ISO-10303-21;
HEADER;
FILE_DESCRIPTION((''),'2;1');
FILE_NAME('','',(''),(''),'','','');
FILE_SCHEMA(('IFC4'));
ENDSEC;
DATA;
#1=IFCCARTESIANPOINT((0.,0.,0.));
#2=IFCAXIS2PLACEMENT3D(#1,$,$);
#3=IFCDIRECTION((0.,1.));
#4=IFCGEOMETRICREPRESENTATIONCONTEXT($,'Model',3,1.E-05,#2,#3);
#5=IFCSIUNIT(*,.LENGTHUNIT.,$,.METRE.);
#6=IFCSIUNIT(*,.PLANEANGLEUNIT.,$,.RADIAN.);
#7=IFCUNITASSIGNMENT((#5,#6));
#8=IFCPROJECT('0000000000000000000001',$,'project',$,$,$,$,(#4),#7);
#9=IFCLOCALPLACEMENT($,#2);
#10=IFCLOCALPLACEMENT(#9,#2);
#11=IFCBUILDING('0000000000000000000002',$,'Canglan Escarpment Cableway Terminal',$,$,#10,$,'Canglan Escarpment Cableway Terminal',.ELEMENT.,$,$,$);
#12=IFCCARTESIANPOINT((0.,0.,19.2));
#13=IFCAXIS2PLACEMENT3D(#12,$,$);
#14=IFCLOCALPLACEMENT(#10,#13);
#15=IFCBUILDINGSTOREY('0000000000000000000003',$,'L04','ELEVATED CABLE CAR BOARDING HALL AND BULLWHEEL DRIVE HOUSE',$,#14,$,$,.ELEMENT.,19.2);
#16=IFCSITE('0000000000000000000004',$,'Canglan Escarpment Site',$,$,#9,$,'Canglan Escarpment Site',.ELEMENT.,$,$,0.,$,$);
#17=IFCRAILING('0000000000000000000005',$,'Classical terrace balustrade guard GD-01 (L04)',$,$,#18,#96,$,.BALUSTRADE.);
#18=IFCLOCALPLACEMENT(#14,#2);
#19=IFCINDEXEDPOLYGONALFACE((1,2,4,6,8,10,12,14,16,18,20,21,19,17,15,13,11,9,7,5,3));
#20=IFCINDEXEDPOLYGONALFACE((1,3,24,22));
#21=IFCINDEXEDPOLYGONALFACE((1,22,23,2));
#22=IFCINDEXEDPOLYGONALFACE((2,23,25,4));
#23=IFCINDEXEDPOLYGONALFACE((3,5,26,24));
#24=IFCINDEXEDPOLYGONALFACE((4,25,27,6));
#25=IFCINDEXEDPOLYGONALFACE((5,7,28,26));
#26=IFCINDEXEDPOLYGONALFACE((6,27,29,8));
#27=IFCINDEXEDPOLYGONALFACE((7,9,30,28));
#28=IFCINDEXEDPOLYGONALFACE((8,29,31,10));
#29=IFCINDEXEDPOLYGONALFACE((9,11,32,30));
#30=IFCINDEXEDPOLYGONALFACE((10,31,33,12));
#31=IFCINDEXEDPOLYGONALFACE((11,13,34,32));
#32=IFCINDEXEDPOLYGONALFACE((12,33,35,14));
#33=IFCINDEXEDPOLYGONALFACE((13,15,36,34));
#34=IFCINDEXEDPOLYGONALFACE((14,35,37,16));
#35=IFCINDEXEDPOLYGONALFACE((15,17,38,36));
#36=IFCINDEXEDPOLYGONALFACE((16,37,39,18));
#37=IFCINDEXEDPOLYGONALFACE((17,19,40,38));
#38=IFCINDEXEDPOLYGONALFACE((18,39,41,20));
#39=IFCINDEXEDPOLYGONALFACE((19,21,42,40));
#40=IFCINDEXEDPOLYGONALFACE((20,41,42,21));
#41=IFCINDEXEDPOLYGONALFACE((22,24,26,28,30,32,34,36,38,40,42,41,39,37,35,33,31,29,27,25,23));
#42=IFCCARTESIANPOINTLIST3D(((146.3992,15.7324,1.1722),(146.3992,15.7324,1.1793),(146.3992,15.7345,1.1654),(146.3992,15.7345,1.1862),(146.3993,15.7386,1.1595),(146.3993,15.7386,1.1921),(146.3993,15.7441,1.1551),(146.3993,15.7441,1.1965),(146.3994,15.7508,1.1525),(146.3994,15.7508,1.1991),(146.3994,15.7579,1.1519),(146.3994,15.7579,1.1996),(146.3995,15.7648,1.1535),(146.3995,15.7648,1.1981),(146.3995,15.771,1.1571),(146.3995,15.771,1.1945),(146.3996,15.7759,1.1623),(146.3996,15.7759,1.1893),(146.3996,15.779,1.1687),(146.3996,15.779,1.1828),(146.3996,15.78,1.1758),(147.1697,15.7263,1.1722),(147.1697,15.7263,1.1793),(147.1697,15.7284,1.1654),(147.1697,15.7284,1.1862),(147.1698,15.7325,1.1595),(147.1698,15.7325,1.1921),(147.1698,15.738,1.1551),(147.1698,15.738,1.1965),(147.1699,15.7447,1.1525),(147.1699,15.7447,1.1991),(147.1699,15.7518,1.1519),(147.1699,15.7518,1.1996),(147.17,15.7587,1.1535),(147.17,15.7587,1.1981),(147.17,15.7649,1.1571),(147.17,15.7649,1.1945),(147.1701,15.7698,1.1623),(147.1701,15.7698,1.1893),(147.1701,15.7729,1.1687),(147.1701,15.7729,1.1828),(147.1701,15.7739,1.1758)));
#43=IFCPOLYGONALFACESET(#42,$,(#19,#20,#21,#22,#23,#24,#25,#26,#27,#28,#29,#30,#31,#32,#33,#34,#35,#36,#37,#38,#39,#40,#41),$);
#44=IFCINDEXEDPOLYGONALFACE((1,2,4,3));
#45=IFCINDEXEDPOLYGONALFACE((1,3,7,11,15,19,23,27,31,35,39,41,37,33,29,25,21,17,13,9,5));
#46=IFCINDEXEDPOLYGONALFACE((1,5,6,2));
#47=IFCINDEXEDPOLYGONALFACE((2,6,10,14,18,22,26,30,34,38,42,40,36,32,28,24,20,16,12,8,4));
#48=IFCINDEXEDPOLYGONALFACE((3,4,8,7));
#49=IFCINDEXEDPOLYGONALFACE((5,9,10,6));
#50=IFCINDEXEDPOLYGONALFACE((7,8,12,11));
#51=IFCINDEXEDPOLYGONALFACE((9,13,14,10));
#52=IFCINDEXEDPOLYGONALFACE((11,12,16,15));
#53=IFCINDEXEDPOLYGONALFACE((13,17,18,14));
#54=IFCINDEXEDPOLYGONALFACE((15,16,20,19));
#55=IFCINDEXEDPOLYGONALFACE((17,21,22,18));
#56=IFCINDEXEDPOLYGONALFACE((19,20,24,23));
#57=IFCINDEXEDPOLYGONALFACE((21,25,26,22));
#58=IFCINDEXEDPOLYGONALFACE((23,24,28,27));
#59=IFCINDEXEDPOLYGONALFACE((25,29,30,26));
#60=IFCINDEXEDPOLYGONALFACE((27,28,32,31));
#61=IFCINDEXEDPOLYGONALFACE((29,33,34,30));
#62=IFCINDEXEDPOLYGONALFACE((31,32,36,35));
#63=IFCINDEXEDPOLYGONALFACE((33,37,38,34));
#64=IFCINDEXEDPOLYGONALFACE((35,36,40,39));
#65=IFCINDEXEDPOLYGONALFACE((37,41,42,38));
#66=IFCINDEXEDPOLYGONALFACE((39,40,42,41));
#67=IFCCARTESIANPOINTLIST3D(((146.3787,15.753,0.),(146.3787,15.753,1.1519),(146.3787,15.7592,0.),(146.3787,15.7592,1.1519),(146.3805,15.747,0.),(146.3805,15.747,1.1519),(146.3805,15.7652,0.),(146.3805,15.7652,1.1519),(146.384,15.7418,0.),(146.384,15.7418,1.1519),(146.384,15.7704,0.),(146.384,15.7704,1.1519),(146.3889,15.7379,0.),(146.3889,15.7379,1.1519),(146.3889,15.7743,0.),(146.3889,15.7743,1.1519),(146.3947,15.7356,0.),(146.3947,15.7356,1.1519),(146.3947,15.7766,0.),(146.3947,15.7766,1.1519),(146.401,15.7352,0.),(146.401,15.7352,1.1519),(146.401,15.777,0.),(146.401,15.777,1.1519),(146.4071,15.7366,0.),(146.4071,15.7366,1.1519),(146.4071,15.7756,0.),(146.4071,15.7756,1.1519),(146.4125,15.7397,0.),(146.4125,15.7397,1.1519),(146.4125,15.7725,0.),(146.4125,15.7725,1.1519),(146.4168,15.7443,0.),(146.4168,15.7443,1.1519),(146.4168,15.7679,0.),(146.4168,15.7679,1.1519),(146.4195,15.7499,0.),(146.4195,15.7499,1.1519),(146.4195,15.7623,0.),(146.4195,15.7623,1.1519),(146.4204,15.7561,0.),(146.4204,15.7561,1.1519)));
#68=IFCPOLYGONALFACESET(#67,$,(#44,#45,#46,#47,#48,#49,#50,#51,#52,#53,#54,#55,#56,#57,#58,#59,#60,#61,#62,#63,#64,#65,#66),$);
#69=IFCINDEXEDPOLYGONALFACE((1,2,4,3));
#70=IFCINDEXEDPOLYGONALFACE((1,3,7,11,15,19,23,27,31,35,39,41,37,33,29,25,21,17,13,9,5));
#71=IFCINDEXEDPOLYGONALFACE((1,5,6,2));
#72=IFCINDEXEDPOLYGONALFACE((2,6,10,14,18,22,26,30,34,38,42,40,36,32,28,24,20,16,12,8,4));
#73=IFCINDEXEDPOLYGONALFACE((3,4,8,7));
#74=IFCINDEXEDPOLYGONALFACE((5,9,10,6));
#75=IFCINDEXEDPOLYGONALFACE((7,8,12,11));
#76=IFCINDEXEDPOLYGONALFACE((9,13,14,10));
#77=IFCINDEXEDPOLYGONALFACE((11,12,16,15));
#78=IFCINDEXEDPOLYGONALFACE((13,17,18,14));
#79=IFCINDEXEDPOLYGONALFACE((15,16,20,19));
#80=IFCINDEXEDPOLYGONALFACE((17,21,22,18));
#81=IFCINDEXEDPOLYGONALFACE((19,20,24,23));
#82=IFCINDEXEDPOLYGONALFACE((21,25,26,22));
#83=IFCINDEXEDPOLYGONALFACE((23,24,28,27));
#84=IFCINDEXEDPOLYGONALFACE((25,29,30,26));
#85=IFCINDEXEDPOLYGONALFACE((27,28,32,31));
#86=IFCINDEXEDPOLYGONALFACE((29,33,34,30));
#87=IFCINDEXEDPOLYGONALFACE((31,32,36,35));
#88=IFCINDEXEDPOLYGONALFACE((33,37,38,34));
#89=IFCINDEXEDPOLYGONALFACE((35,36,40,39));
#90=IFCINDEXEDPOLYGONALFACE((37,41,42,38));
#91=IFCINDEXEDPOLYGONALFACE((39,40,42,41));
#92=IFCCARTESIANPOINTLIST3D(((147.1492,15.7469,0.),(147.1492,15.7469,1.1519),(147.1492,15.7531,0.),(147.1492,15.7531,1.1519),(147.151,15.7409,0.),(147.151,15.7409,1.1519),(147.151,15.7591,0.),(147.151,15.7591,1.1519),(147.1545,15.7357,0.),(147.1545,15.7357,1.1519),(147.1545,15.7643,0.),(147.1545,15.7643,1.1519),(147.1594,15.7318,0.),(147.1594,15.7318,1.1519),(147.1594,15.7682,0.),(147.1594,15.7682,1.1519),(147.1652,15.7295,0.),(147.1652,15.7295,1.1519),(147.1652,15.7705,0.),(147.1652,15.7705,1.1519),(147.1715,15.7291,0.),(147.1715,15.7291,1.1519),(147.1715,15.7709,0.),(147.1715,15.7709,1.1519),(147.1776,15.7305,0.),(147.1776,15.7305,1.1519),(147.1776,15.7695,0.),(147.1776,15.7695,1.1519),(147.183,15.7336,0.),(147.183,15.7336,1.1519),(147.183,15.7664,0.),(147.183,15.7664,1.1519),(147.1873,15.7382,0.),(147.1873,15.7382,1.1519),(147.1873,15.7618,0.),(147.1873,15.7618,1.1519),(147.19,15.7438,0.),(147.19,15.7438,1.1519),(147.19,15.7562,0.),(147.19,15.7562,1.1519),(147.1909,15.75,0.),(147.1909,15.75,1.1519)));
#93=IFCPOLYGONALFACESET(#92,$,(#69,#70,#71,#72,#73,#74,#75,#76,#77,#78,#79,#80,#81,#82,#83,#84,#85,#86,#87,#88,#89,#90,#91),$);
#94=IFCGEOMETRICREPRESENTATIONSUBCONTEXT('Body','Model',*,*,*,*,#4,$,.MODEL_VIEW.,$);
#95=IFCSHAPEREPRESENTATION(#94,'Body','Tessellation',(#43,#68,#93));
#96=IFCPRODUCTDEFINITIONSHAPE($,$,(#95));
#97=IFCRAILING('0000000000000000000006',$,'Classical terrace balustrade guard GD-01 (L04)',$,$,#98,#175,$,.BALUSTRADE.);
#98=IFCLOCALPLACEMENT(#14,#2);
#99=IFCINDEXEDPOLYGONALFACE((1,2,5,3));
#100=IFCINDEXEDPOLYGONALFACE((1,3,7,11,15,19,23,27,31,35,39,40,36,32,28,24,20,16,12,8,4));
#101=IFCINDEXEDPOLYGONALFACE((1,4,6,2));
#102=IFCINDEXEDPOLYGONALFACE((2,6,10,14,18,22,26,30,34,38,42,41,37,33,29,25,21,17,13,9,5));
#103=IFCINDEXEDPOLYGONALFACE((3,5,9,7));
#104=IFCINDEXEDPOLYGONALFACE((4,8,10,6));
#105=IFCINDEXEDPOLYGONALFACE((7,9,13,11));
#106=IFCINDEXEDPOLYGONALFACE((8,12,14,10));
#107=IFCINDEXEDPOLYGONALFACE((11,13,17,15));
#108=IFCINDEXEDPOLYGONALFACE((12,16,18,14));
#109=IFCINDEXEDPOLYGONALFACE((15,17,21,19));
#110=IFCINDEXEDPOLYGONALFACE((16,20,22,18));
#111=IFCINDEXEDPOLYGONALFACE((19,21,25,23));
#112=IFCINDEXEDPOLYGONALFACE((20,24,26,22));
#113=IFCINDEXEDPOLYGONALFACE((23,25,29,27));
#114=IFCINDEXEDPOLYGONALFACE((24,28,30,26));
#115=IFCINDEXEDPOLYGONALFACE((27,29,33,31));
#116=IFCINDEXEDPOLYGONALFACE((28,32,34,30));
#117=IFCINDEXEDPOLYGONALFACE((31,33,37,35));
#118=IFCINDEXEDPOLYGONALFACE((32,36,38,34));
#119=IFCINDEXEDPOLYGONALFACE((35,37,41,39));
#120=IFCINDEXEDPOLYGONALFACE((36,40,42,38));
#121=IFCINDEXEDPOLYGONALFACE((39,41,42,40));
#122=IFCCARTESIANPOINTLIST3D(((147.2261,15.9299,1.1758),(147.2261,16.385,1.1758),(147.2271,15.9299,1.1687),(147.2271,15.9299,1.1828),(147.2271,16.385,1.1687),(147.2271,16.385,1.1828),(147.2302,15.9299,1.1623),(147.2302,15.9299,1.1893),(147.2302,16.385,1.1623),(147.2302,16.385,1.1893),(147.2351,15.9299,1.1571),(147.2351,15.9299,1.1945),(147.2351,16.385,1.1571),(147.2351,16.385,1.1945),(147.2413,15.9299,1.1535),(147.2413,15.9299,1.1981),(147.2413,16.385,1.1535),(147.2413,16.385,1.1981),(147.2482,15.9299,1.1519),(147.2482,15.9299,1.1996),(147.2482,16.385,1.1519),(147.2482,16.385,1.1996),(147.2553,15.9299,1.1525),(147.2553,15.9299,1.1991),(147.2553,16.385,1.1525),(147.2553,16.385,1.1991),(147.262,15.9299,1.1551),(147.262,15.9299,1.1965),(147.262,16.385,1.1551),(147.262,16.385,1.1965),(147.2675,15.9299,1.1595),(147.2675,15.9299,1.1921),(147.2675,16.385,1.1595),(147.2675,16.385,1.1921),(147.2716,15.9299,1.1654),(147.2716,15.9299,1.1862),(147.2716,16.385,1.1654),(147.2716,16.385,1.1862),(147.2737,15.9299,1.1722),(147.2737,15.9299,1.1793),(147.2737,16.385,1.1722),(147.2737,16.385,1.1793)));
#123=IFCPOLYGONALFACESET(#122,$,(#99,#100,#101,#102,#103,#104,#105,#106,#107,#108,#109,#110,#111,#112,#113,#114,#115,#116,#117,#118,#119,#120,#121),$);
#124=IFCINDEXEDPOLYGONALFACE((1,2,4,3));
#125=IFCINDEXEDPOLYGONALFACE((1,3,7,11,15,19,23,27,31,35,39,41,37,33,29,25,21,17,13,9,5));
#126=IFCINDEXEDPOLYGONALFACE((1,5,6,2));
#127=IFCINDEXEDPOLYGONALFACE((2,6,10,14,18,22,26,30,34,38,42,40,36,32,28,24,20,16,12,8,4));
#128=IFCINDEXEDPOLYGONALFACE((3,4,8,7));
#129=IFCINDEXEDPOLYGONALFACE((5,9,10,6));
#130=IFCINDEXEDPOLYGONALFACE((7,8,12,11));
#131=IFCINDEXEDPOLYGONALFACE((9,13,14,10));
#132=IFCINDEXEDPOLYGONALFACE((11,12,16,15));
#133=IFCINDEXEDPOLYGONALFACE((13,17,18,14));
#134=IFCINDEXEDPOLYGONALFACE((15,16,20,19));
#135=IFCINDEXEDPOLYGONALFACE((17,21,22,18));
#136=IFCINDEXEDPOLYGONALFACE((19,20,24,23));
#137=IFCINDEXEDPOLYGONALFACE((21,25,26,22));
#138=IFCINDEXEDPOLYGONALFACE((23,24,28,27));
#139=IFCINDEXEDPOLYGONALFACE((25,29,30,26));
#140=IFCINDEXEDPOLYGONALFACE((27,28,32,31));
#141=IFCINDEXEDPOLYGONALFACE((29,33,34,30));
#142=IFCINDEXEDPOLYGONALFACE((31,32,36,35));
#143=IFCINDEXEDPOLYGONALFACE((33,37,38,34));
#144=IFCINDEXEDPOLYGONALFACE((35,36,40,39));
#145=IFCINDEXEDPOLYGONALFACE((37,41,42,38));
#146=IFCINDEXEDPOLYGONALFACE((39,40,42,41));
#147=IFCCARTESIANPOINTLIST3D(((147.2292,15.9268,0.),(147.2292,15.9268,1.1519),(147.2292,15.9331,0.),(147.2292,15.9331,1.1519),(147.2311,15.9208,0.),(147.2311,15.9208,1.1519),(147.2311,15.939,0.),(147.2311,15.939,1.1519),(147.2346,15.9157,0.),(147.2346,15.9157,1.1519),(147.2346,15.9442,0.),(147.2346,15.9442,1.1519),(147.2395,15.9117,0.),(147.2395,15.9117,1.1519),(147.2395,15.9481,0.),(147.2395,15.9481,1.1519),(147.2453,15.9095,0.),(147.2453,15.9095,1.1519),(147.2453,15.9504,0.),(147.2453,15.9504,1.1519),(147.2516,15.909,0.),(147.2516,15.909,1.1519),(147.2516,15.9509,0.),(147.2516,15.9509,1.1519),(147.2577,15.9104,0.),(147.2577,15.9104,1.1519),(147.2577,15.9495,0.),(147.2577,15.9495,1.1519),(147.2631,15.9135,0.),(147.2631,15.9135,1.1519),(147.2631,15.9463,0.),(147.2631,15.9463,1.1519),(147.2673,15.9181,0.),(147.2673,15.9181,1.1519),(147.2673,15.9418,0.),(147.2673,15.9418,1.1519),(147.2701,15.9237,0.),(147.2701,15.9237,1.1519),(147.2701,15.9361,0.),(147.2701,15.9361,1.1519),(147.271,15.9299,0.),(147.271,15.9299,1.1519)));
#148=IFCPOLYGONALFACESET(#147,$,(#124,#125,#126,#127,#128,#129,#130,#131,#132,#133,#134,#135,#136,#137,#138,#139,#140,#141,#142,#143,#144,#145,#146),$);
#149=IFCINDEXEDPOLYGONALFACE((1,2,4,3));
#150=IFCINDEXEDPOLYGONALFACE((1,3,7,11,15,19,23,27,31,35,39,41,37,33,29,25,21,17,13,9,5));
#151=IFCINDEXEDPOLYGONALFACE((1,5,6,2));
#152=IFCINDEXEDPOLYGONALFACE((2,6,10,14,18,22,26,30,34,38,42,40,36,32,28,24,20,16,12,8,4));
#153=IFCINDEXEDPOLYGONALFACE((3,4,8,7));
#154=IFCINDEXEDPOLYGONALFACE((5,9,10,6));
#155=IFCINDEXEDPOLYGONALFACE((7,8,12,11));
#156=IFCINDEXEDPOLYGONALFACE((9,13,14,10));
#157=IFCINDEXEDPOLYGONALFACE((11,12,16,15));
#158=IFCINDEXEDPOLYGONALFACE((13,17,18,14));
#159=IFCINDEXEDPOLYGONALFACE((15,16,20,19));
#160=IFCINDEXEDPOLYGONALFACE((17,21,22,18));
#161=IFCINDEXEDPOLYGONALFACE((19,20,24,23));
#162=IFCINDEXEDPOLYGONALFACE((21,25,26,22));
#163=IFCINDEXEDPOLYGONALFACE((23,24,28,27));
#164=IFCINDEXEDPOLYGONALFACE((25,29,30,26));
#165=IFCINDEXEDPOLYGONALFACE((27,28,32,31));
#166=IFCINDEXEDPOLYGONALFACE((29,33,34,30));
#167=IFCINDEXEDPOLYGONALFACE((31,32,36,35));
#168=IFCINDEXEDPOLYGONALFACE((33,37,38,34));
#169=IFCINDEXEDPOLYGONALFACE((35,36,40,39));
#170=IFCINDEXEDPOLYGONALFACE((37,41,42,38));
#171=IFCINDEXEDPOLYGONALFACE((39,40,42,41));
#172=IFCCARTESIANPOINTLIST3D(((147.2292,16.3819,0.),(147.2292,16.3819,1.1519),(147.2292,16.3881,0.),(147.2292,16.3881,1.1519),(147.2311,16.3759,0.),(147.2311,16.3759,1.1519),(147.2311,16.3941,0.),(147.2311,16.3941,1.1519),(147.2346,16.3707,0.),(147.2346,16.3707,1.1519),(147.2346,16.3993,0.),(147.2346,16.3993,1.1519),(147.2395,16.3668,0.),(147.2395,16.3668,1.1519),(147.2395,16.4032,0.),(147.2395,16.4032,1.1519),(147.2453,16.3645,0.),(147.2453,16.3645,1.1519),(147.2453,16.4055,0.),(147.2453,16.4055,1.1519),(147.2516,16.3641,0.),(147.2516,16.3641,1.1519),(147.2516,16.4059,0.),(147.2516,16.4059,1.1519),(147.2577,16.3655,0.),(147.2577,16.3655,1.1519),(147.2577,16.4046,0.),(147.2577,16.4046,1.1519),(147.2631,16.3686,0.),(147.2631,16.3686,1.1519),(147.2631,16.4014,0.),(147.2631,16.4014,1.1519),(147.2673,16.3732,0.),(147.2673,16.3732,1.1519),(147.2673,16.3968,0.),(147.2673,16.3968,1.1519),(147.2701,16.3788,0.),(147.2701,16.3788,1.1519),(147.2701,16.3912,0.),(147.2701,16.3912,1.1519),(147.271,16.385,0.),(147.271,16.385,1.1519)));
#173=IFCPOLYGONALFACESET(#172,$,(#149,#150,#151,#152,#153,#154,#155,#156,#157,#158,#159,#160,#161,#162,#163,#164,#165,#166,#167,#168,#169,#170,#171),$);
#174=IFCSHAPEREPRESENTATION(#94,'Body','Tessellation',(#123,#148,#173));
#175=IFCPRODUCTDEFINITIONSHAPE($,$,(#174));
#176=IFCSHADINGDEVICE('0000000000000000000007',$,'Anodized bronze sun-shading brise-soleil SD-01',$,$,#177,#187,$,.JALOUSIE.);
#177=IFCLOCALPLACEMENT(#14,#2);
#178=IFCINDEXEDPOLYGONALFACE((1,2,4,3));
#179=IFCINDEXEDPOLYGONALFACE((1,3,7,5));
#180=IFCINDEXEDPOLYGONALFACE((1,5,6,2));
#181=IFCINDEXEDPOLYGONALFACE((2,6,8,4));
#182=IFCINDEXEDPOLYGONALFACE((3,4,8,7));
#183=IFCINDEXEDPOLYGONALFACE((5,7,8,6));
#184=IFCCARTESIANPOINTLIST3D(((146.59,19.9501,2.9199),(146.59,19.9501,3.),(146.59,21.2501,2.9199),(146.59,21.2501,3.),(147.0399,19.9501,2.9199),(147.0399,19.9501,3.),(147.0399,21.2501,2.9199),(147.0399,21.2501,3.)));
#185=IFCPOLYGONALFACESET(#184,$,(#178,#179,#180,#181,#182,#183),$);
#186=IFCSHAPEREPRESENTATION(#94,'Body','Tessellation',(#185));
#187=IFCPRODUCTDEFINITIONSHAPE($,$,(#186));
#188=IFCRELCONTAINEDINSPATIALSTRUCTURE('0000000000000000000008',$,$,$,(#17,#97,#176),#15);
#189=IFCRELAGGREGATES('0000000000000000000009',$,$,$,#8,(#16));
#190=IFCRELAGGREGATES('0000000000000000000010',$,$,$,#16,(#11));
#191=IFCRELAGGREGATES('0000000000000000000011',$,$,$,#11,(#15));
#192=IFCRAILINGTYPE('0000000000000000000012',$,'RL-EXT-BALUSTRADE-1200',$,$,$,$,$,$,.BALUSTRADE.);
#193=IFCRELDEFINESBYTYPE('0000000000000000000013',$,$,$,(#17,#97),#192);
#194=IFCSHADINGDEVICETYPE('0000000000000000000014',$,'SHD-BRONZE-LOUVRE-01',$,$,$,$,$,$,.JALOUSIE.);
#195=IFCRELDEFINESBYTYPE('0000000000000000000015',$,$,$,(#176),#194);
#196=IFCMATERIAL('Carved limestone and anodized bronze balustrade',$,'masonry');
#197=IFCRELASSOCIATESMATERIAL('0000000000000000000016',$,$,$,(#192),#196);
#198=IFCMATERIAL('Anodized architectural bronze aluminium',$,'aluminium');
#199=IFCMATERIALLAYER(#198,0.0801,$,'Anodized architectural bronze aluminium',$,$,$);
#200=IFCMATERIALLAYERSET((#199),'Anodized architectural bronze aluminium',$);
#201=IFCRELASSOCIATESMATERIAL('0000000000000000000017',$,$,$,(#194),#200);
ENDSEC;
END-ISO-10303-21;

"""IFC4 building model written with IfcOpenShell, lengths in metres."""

from ifc_helpers import new_model, si_unit, direction, frame, origin, origin_2d, place, context, subcontext, project, spatial, rectangle, circle, extrude, material, layer, layer_set, type_object, element, save


model = new_model("IFC4")

# Units and contexts
model_context = context("Model", 3, precision=1e-05, world=origin(), true_north=direction((0.0, 1.0)))
body_context = subcontext(model_context, "Body", "Model", "MODEL_VIEW")
ifc_project = project(units=[si_unit("LENGTHUNIT", "METRE"), si_unit("PLANEANGLEUNIT", "RADIAN")], contexts=[model_context])

# Site, building, storey
site_placement = place(None, origin())
site = spatial("IfcSite", under=ifc_project, at=site_placement, Name="Canglan Escarpment Site", LongName="Canglan Escarpment Site", CompositionType="ELEMENT", RefElevation=0.0)
building_placement = place(site_placement, origin())
building = spatial("IfcBuilding", under=site, at=building_placement, Name="Canglan Escarpment Cableway Terminal", LongName="Canglan Escarpment Cableway Terminal", CompositionType="ELEMENT")
storey_placement = place(building_placement, frame((0.0, 0.0, 19.2)))
storey = spatial("IfcBuildingStorey", under=building, at=storey_placement, Name="L04", Description="ELEVATED CABLE CAR BOARDING HALL AND BULLWHEEL DRIVE HOUSE", CompositionType="ELEMENT", Elevation=19.2)

# Railings
ifc_material_1 = material(Name="Carved limestone and anodized bronze balustrade", Category="masonry")
railing_type = type_object("IfcRailingType", Name="RL-EXT-BALUSTRADE-1200", PredefinedType="BALUSTRADE", material=ifc_material_1)
railing_1_placement = place(storey_placement, frame((146.3994, 15.7561, 0.0)))
element("IfcRailing", 1, at=railing_1_placement, inside=storey, type_object=railing_type, Name="Classical terrace balustrade guard GD-01 (L04)", PredefinedType="BALUSTRADE", context=body_context, shape_type="SweptSolid", body=[
    extrude(circle(Radius=0.0239, at=origin_2d()), frame((0.0, 0.0, 1.1758), z_axis=(0.999969, -0.007921, 0.0), x_axis=(0.007921, 0.999969, 0.0)), (0.0, 0.0, 1.0), 0.7705),
    extrude(circle(Radius=0.021, at=origin_2d()), origin(), (0.0, 0.0, 1.0), 1.1519),
    extrude(circle(Radius=0.021, at=origin_2d()), frame((0.7705, -0.0061, 0.0)), (0.0, 0.0, 1.0), 1.1519),
])
railing_2_placement = place(storey_placement, frame((147.25, 15.9299, 0.0)))
element("IfcRailing", 2, at=railing_2_placement, inside=storey, type_object=railing_type, Name="Classical terrace balustrade guard GD-01 (L04)", PredefinedType="BALUSTRADE", context=body_context, shape_type="SweptSolid", body=[
    extrude(circle(Radius=0.0239, at=origin_2d()), frame((0.0, 0.0, 1.1758), z_axis=(0.0, 1.0, 0.0), x_axis=(-1.0, 0.0, 0.0)), (0.0, 0.0, 1.0), 0.4551),
    extrude(circle(Radius=0.021, at=origin_2d()), origin(), (0.0, 0.0, 1.0), 1.1519),
    extrude(circle(Radius=0.021, at=origin_2d()), frame((0.0, 0.4551, 0.0)), (0.0, 0.0, 1.0), 1.1519),
])

# Shading device
ifc_material_2 = material(Name="Anodized architectural bronze aluminium", Category="aluminium")
ifc_layer_1 = layer(ifc_material_2, 0.0801, Name="Anodized architectural bronze aluminium")
ifc_layer_set_1 = layer_set([ifc_layer_1], Name="Anodized architectural bronze aluminium")
shading_device_type = type_object("IfcShadingDeviceType", Name="SHD-BRONZE-LOUVRE-01", PredefinedType="JALOUSIE", material=ifc_layer_set_1)
shading_device_placement = place(storey_placement, frame((146.8149, 20.6001, 2.9199), z_axis=(0.0, 0.0, 1.0), x_axis=(0.0, -1.0, 0.0)))
element("IfcShadingDevice", 3, at=shading_device_placement, inside=storey, type_object=shading_device_type, Name="Anodized bronze sun-shading brise-soleil SD-01", PredefinedType="JALOUSIE", context=body_context, shape_type="SweptSolid", body=[
    extrude(rectangle(XDim=1.3, YDim=0.45, at=origin_2d()), origin(), (0.0, 0.0, 1.0), 0.0801),
])

save(model, "model.ifc")
